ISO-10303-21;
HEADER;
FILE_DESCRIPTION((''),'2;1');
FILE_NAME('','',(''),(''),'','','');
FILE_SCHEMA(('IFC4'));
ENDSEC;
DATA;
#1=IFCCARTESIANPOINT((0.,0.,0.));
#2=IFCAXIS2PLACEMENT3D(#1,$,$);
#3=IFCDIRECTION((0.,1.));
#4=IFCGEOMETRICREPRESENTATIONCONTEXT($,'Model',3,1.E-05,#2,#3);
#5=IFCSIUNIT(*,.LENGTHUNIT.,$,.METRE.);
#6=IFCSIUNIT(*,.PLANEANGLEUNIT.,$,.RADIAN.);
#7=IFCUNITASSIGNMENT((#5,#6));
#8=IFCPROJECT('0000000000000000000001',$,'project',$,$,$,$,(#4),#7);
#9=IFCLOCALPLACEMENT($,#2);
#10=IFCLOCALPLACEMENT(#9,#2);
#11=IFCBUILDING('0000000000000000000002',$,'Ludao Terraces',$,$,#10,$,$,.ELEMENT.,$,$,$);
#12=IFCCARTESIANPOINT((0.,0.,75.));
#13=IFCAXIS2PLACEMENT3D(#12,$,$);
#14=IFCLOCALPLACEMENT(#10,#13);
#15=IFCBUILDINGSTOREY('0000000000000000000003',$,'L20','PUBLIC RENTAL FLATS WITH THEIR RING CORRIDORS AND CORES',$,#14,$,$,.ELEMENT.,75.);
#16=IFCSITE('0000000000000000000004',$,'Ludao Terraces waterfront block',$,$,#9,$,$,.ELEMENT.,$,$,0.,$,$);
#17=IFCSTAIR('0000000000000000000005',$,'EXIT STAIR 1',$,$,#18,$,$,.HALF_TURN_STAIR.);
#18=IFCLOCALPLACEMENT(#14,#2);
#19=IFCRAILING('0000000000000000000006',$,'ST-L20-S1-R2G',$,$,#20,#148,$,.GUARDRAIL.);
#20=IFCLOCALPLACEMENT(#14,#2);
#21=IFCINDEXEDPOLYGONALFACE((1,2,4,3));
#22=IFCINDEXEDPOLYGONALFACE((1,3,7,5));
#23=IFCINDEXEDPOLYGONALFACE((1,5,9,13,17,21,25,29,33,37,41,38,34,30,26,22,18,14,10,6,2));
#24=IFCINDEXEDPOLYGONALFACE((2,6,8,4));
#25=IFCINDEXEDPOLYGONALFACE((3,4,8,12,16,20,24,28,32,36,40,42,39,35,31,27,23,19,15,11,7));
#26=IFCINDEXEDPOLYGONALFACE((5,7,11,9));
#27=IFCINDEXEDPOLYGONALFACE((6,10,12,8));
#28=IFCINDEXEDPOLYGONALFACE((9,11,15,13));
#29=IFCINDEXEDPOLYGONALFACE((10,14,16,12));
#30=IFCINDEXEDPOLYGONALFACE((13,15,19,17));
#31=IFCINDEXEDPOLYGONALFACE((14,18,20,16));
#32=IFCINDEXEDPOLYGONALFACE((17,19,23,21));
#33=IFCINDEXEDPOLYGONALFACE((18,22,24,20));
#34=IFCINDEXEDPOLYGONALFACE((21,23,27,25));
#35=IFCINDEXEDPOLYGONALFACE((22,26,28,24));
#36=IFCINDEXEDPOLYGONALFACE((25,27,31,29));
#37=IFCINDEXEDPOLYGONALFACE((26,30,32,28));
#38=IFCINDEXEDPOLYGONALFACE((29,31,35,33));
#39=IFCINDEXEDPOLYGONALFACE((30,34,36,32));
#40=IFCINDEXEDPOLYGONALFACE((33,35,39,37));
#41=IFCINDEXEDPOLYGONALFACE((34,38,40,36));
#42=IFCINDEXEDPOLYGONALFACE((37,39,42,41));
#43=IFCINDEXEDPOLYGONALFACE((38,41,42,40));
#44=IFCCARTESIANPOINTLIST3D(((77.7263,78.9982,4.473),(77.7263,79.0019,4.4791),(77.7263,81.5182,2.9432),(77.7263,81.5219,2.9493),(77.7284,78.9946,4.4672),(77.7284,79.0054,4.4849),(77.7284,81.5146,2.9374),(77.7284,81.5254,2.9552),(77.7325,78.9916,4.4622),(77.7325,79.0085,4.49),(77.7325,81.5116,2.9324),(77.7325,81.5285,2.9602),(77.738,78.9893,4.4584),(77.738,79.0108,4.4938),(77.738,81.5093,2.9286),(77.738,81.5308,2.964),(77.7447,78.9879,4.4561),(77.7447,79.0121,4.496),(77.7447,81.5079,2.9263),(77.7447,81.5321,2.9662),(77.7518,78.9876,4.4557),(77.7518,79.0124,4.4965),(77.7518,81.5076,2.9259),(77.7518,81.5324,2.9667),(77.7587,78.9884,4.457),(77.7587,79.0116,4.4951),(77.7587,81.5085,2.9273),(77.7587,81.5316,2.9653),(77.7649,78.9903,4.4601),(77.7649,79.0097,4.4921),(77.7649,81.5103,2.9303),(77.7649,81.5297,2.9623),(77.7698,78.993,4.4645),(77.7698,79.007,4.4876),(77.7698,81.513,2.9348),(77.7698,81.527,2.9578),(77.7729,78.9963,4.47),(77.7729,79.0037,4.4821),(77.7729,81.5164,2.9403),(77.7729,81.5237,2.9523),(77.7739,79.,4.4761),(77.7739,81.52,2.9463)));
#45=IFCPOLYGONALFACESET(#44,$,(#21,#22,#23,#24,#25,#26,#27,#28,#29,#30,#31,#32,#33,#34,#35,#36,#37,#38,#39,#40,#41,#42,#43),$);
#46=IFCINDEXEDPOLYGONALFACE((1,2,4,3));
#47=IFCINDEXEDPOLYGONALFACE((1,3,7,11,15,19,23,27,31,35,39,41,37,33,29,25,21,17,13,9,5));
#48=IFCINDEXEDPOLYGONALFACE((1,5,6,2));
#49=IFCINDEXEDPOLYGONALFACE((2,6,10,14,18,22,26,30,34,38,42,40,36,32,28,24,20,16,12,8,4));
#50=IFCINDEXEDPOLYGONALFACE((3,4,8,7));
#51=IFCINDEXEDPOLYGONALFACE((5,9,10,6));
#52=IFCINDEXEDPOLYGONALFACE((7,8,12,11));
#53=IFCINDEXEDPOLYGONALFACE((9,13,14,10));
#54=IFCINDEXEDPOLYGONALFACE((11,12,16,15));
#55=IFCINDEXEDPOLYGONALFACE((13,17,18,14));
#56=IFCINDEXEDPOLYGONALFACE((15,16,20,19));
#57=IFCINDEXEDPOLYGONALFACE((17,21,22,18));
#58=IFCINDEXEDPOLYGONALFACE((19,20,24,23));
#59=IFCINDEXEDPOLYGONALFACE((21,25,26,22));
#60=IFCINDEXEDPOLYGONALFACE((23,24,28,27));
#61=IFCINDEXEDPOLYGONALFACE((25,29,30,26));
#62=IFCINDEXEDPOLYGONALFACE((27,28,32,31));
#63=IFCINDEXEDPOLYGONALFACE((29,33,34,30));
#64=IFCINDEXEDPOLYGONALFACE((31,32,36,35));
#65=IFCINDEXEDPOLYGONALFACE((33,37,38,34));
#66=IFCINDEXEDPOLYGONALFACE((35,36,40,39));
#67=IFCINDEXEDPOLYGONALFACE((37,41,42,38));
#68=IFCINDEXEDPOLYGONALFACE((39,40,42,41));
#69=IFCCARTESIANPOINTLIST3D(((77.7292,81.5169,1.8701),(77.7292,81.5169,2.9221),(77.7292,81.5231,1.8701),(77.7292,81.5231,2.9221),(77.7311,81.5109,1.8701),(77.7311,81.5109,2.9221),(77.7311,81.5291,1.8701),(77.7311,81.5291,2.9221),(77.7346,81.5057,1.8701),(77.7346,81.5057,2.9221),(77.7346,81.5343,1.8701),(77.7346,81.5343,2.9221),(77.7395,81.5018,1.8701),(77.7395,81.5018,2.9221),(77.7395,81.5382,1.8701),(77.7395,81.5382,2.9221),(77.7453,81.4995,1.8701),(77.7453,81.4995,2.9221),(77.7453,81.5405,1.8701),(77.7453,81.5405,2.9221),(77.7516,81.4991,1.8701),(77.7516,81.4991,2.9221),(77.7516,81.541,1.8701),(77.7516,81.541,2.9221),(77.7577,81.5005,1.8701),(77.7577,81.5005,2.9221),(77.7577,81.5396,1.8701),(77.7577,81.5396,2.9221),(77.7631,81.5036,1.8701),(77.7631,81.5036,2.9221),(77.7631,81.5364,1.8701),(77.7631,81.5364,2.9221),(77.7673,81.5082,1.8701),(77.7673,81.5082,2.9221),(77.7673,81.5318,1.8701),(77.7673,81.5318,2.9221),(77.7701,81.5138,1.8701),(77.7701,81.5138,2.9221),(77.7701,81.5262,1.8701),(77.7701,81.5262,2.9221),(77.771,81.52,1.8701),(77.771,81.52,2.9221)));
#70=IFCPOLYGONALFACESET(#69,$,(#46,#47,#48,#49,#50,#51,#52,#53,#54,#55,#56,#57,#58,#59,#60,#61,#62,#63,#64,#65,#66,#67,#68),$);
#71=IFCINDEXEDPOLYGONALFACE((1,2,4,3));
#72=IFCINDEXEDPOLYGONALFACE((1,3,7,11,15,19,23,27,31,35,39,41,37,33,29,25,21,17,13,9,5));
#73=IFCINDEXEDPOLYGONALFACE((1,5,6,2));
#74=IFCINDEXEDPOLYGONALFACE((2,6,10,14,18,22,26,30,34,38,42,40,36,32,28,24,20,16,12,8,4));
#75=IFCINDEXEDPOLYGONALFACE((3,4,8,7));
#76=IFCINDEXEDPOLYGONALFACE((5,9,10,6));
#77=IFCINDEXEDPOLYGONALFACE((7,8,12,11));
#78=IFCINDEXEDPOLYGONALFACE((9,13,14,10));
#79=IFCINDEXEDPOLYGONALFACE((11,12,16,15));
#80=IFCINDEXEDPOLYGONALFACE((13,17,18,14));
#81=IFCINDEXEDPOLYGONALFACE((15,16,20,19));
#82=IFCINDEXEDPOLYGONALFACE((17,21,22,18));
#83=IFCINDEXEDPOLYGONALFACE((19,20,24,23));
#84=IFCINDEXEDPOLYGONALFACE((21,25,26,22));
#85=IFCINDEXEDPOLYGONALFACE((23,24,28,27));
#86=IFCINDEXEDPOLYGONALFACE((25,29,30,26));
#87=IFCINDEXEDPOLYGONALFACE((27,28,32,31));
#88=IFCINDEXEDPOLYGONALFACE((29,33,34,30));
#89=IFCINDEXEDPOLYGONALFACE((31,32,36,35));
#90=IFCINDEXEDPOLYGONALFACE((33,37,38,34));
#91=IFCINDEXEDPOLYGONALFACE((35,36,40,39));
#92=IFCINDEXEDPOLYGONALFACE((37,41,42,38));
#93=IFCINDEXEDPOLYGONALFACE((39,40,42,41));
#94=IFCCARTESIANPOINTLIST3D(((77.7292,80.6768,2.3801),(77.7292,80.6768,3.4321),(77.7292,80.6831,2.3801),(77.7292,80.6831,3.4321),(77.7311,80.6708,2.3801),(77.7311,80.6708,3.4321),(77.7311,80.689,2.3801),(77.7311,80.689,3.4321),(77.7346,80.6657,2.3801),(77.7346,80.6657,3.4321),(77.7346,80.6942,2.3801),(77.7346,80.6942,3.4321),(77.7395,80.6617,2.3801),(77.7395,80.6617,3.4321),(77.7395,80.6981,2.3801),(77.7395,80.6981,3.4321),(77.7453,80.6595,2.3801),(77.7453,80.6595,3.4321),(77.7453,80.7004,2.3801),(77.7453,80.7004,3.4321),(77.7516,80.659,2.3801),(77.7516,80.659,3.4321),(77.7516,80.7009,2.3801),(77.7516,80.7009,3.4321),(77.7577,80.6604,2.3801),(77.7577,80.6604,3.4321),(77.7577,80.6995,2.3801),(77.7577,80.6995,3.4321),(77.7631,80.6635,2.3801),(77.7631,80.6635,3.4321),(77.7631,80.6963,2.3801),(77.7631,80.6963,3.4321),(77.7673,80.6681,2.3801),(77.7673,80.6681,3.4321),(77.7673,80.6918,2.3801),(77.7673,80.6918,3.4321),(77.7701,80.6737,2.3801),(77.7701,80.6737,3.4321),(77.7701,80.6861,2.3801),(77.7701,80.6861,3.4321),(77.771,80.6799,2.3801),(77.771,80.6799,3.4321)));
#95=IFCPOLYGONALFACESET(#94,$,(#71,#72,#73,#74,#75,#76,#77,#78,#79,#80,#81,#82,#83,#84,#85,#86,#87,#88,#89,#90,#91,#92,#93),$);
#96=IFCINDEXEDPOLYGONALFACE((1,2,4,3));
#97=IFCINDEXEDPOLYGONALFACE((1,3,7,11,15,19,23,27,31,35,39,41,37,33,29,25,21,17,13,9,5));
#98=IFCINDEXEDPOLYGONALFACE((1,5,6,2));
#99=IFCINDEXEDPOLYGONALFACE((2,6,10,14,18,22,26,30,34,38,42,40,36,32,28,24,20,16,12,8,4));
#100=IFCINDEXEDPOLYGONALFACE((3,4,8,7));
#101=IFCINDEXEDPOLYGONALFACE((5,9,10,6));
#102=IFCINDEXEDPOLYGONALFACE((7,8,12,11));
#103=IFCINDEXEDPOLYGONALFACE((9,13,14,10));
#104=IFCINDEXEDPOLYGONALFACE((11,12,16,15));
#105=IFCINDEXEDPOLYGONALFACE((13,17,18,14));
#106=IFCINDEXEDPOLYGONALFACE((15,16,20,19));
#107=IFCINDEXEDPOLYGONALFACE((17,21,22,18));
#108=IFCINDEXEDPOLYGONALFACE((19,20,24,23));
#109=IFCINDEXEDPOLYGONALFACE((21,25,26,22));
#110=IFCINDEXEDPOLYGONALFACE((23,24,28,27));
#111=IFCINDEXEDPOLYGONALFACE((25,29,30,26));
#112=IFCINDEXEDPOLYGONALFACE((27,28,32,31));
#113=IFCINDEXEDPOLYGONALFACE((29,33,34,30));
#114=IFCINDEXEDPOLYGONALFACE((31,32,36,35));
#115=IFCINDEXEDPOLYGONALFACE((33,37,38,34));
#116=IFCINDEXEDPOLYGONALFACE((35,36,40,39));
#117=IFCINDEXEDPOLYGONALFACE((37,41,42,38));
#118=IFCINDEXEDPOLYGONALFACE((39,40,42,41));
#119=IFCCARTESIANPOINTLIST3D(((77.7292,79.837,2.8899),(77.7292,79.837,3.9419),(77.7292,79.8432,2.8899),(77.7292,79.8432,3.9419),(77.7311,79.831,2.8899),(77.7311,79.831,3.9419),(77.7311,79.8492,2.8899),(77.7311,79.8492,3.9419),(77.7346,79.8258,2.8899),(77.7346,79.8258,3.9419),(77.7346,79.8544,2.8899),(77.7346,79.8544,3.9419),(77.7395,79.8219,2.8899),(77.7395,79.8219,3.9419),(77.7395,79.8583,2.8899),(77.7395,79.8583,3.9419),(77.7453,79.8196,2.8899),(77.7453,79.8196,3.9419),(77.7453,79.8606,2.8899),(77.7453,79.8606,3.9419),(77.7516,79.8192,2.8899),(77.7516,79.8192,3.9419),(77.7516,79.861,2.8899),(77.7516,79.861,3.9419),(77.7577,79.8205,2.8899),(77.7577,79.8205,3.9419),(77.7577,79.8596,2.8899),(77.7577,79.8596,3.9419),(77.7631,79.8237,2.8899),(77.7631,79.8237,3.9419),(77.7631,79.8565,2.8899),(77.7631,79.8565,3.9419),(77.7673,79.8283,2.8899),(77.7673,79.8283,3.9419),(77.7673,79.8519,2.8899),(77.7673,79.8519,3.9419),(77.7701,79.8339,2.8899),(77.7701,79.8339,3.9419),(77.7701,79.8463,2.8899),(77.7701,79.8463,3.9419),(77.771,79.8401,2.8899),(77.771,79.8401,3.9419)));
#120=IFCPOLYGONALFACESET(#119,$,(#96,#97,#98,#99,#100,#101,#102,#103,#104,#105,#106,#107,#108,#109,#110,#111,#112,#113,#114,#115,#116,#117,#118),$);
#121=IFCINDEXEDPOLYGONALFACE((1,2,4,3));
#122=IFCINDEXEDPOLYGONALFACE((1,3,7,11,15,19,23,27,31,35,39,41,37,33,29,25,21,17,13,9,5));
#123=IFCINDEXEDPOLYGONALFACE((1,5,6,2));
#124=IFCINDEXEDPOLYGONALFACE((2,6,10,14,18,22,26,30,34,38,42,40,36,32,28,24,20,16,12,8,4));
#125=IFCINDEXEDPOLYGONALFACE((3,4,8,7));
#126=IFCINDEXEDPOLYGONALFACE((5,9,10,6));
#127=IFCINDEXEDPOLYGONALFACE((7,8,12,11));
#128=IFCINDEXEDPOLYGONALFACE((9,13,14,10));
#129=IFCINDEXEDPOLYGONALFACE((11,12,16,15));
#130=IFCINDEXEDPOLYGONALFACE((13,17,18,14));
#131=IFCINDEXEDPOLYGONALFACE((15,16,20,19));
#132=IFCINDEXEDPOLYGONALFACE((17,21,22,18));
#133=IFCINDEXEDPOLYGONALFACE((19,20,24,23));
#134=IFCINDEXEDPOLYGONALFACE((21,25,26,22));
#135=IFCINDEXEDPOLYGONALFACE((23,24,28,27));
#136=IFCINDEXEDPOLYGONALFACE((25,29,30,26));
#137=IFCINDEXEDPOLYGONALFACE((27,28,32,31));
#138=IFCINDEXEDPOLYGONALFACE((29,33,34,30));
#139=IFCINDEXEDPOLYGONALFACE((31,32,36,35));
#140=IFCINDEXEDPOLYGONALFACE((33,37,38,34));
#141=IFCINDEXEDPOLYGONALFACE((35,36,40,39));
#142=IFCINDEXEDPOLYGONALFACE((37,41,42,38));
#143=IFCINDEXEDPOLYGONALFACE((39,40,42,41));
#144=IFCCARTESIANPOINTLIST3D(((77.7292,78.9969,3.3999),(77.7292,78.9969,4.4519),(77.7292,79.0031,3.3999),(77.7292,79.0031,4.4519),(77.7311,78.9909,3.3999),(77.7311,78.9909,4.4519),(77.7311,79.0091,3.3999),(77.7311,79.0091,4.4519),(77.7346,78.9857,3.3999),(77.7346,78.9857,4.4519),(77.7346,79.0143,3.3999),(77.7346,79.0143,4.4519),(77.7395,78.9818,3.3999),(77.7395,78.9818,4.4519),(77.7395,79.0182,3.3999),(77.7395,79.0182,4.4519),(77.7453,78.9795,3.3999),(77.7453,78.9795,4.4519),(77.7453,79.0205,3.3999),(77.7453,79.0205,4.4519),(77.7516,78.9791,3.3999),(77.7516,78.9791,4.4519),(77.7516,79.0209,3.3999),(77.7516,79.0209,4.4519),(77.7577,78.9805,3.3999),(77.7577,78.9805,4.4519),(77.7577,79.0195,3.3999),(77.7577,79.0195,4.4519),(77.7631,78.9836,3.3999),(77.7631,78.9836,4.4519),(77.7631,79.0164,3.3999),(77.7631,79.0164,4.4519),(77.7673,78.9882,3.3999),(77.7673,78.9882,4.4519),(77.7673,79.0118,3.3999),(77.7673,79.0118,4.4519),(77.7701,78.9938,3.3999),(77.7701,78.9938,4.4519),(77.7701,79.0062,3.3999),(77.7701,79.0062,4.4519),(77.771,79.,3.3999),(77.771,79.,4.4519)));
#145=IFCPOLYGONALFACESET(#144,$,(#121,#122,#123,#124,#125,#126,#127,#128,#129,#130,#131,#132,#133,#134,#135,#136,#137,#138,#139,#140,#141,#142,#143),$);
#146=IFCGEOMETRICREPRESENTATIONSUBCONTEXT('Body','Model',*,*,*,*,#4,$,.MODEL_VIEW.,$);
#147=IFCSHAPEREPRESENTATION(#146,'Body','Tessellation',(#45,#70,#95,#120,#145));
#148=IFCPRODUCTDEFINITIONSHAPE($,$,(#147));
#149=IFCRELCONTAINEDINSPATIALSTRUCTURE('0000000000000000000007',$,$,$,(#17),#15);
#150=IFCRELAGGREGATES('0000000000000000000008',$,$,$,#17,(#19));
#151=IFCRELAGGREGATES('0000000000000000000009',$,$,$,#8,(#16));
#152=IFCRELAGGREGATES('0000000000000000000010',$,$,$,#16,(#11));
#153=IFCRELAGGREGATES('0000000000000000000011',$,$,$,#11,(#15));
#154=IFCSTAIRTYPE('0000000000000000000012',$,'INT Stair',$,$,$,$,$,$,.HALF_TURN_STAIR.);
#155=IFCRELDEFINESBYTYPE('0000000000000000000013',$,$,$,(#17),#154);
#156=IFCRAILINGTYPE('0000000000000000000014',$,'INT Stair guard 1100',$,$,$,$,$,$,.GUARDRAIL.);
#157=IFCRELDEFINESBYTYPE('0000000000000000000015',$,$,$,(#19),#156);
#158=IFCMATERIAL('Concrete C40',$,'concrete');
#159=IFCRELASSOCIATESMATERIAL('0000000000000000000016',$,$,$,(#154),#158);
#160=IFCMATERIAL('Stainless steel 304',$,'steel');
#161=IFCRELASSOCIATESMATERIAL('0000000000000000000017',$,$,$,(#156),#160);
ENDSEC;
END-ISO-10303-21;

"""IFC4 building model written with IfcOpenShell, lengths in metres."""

from ifc_helpers import new_model, si_unit, direction, frame, origin, origin_2d, place, context, subcontext, project, spatial, circle, extrude, material, type_object, element, aggregate, save


model = new_model("IFC4")

# Units and contexts
model_context = context("Model", 3, precision=1e-05, world=origin(), true_north=direction((0.0, 1.0)))
body_context = subcontext(model_context, "Body", "Model", "MODEL_VIEW")
ifc_project = project(units=[si_unit("LENGTHUNIT", "METRE"), si_unit("PLANEANGLEUNIT", "RADIAN")], contexts=[model_context])

# Site, building, storey
site_placement = place(None, origin())
site = spatial("IfcSite", under=ifc_project, at=site_placement, Name="Ludao Terraces waterfront block", CompositionType="ELEMENT", RefElevation=0.0)
building_placement = place(site_placement, origin())
building = spatial("IfcBuilding", under=site, at=building_placement, Name="Ludao Terraces", CompositionType="ELEMENT")
storey_placement = place(building_placement, frame((0.0, 0.0, 75.0)))
storey = spatial("IfcBuildingStorey", under=building, at=storey_placement, Name="L20", Description="PUBLIC RENTAL FLATS WITH THEIR RING CORRIDORS AND CORES", CompositionType="ELEMENT", Elevation=75.0)

# Shared definitions
ifc_material_1 = material(Name="Stainless steel 304", Category="steel")

# Stair, railing
ifc_material_2 = material(Name="Concrete C40", Category="concrete")
stair_type = type_object("IfcStairType", Name="INT Stair", PredefinedType="HALF_TURN_STAIR", material=ifc_material_2)
stair_placement = place(storey_placement, origin())
stair = element("IfcStair", 1, at=stair_placement, inside=storey, type_object=stair_type, Name="EXIT STAIR 1", PredefinedType="HALF_TURN_STAIR")
railing_type_1 = type_object("IfcRailingType", Name="INT Stair guard 1100", PredefinedType="GUARDRAIL", material=ifc_material_1)
railing_1_placement = place(storey_placement, frame((77.75, 81.52, 1.8701)))
railing_1 = element("IfcRailing", 2, at=railing_1_placement, type_object=railing_type_1, Name="ST-L20-S1-R2G", PredefinedType="GUARDRAIL", context=body_context, shape_type="SweptSolid", body=[
    extrude(circle(Radius=0.0239, at=origin_2d()), frame((0.0, 0.0, 1.0762), z_axis=(0.0, -0.854822, 0.518922), x_axis=(1.0, 0.0, 0.0)), (0.0, 0.0, 1.0), 2.948),
    extrude(circle(Radius=0.021, at=origin_2d()), origin(), (0.0, 0.0, 1.0), 1.052),
    extrude(circle(Radius=0.021, at=origin_2d()), frame((0.0, -0.8401, 0.51)), (0.0, 0.0, 1.0), 1.052),
    extrude(circle(Radius=0.021, at=origin_2d()), frame((0.0, -1.6799, 1.0198)), (0.0, 0.0, 1.0), 1.052),
    extrude(circle(Radius=0.021, at=origin_2d()), frame((0.0, -2.52, 1.5298)), (0.0, 0.0, 1.0), 1.052),
])
aggregate(stair, [railing_1])

save(model, "model.ifc")
